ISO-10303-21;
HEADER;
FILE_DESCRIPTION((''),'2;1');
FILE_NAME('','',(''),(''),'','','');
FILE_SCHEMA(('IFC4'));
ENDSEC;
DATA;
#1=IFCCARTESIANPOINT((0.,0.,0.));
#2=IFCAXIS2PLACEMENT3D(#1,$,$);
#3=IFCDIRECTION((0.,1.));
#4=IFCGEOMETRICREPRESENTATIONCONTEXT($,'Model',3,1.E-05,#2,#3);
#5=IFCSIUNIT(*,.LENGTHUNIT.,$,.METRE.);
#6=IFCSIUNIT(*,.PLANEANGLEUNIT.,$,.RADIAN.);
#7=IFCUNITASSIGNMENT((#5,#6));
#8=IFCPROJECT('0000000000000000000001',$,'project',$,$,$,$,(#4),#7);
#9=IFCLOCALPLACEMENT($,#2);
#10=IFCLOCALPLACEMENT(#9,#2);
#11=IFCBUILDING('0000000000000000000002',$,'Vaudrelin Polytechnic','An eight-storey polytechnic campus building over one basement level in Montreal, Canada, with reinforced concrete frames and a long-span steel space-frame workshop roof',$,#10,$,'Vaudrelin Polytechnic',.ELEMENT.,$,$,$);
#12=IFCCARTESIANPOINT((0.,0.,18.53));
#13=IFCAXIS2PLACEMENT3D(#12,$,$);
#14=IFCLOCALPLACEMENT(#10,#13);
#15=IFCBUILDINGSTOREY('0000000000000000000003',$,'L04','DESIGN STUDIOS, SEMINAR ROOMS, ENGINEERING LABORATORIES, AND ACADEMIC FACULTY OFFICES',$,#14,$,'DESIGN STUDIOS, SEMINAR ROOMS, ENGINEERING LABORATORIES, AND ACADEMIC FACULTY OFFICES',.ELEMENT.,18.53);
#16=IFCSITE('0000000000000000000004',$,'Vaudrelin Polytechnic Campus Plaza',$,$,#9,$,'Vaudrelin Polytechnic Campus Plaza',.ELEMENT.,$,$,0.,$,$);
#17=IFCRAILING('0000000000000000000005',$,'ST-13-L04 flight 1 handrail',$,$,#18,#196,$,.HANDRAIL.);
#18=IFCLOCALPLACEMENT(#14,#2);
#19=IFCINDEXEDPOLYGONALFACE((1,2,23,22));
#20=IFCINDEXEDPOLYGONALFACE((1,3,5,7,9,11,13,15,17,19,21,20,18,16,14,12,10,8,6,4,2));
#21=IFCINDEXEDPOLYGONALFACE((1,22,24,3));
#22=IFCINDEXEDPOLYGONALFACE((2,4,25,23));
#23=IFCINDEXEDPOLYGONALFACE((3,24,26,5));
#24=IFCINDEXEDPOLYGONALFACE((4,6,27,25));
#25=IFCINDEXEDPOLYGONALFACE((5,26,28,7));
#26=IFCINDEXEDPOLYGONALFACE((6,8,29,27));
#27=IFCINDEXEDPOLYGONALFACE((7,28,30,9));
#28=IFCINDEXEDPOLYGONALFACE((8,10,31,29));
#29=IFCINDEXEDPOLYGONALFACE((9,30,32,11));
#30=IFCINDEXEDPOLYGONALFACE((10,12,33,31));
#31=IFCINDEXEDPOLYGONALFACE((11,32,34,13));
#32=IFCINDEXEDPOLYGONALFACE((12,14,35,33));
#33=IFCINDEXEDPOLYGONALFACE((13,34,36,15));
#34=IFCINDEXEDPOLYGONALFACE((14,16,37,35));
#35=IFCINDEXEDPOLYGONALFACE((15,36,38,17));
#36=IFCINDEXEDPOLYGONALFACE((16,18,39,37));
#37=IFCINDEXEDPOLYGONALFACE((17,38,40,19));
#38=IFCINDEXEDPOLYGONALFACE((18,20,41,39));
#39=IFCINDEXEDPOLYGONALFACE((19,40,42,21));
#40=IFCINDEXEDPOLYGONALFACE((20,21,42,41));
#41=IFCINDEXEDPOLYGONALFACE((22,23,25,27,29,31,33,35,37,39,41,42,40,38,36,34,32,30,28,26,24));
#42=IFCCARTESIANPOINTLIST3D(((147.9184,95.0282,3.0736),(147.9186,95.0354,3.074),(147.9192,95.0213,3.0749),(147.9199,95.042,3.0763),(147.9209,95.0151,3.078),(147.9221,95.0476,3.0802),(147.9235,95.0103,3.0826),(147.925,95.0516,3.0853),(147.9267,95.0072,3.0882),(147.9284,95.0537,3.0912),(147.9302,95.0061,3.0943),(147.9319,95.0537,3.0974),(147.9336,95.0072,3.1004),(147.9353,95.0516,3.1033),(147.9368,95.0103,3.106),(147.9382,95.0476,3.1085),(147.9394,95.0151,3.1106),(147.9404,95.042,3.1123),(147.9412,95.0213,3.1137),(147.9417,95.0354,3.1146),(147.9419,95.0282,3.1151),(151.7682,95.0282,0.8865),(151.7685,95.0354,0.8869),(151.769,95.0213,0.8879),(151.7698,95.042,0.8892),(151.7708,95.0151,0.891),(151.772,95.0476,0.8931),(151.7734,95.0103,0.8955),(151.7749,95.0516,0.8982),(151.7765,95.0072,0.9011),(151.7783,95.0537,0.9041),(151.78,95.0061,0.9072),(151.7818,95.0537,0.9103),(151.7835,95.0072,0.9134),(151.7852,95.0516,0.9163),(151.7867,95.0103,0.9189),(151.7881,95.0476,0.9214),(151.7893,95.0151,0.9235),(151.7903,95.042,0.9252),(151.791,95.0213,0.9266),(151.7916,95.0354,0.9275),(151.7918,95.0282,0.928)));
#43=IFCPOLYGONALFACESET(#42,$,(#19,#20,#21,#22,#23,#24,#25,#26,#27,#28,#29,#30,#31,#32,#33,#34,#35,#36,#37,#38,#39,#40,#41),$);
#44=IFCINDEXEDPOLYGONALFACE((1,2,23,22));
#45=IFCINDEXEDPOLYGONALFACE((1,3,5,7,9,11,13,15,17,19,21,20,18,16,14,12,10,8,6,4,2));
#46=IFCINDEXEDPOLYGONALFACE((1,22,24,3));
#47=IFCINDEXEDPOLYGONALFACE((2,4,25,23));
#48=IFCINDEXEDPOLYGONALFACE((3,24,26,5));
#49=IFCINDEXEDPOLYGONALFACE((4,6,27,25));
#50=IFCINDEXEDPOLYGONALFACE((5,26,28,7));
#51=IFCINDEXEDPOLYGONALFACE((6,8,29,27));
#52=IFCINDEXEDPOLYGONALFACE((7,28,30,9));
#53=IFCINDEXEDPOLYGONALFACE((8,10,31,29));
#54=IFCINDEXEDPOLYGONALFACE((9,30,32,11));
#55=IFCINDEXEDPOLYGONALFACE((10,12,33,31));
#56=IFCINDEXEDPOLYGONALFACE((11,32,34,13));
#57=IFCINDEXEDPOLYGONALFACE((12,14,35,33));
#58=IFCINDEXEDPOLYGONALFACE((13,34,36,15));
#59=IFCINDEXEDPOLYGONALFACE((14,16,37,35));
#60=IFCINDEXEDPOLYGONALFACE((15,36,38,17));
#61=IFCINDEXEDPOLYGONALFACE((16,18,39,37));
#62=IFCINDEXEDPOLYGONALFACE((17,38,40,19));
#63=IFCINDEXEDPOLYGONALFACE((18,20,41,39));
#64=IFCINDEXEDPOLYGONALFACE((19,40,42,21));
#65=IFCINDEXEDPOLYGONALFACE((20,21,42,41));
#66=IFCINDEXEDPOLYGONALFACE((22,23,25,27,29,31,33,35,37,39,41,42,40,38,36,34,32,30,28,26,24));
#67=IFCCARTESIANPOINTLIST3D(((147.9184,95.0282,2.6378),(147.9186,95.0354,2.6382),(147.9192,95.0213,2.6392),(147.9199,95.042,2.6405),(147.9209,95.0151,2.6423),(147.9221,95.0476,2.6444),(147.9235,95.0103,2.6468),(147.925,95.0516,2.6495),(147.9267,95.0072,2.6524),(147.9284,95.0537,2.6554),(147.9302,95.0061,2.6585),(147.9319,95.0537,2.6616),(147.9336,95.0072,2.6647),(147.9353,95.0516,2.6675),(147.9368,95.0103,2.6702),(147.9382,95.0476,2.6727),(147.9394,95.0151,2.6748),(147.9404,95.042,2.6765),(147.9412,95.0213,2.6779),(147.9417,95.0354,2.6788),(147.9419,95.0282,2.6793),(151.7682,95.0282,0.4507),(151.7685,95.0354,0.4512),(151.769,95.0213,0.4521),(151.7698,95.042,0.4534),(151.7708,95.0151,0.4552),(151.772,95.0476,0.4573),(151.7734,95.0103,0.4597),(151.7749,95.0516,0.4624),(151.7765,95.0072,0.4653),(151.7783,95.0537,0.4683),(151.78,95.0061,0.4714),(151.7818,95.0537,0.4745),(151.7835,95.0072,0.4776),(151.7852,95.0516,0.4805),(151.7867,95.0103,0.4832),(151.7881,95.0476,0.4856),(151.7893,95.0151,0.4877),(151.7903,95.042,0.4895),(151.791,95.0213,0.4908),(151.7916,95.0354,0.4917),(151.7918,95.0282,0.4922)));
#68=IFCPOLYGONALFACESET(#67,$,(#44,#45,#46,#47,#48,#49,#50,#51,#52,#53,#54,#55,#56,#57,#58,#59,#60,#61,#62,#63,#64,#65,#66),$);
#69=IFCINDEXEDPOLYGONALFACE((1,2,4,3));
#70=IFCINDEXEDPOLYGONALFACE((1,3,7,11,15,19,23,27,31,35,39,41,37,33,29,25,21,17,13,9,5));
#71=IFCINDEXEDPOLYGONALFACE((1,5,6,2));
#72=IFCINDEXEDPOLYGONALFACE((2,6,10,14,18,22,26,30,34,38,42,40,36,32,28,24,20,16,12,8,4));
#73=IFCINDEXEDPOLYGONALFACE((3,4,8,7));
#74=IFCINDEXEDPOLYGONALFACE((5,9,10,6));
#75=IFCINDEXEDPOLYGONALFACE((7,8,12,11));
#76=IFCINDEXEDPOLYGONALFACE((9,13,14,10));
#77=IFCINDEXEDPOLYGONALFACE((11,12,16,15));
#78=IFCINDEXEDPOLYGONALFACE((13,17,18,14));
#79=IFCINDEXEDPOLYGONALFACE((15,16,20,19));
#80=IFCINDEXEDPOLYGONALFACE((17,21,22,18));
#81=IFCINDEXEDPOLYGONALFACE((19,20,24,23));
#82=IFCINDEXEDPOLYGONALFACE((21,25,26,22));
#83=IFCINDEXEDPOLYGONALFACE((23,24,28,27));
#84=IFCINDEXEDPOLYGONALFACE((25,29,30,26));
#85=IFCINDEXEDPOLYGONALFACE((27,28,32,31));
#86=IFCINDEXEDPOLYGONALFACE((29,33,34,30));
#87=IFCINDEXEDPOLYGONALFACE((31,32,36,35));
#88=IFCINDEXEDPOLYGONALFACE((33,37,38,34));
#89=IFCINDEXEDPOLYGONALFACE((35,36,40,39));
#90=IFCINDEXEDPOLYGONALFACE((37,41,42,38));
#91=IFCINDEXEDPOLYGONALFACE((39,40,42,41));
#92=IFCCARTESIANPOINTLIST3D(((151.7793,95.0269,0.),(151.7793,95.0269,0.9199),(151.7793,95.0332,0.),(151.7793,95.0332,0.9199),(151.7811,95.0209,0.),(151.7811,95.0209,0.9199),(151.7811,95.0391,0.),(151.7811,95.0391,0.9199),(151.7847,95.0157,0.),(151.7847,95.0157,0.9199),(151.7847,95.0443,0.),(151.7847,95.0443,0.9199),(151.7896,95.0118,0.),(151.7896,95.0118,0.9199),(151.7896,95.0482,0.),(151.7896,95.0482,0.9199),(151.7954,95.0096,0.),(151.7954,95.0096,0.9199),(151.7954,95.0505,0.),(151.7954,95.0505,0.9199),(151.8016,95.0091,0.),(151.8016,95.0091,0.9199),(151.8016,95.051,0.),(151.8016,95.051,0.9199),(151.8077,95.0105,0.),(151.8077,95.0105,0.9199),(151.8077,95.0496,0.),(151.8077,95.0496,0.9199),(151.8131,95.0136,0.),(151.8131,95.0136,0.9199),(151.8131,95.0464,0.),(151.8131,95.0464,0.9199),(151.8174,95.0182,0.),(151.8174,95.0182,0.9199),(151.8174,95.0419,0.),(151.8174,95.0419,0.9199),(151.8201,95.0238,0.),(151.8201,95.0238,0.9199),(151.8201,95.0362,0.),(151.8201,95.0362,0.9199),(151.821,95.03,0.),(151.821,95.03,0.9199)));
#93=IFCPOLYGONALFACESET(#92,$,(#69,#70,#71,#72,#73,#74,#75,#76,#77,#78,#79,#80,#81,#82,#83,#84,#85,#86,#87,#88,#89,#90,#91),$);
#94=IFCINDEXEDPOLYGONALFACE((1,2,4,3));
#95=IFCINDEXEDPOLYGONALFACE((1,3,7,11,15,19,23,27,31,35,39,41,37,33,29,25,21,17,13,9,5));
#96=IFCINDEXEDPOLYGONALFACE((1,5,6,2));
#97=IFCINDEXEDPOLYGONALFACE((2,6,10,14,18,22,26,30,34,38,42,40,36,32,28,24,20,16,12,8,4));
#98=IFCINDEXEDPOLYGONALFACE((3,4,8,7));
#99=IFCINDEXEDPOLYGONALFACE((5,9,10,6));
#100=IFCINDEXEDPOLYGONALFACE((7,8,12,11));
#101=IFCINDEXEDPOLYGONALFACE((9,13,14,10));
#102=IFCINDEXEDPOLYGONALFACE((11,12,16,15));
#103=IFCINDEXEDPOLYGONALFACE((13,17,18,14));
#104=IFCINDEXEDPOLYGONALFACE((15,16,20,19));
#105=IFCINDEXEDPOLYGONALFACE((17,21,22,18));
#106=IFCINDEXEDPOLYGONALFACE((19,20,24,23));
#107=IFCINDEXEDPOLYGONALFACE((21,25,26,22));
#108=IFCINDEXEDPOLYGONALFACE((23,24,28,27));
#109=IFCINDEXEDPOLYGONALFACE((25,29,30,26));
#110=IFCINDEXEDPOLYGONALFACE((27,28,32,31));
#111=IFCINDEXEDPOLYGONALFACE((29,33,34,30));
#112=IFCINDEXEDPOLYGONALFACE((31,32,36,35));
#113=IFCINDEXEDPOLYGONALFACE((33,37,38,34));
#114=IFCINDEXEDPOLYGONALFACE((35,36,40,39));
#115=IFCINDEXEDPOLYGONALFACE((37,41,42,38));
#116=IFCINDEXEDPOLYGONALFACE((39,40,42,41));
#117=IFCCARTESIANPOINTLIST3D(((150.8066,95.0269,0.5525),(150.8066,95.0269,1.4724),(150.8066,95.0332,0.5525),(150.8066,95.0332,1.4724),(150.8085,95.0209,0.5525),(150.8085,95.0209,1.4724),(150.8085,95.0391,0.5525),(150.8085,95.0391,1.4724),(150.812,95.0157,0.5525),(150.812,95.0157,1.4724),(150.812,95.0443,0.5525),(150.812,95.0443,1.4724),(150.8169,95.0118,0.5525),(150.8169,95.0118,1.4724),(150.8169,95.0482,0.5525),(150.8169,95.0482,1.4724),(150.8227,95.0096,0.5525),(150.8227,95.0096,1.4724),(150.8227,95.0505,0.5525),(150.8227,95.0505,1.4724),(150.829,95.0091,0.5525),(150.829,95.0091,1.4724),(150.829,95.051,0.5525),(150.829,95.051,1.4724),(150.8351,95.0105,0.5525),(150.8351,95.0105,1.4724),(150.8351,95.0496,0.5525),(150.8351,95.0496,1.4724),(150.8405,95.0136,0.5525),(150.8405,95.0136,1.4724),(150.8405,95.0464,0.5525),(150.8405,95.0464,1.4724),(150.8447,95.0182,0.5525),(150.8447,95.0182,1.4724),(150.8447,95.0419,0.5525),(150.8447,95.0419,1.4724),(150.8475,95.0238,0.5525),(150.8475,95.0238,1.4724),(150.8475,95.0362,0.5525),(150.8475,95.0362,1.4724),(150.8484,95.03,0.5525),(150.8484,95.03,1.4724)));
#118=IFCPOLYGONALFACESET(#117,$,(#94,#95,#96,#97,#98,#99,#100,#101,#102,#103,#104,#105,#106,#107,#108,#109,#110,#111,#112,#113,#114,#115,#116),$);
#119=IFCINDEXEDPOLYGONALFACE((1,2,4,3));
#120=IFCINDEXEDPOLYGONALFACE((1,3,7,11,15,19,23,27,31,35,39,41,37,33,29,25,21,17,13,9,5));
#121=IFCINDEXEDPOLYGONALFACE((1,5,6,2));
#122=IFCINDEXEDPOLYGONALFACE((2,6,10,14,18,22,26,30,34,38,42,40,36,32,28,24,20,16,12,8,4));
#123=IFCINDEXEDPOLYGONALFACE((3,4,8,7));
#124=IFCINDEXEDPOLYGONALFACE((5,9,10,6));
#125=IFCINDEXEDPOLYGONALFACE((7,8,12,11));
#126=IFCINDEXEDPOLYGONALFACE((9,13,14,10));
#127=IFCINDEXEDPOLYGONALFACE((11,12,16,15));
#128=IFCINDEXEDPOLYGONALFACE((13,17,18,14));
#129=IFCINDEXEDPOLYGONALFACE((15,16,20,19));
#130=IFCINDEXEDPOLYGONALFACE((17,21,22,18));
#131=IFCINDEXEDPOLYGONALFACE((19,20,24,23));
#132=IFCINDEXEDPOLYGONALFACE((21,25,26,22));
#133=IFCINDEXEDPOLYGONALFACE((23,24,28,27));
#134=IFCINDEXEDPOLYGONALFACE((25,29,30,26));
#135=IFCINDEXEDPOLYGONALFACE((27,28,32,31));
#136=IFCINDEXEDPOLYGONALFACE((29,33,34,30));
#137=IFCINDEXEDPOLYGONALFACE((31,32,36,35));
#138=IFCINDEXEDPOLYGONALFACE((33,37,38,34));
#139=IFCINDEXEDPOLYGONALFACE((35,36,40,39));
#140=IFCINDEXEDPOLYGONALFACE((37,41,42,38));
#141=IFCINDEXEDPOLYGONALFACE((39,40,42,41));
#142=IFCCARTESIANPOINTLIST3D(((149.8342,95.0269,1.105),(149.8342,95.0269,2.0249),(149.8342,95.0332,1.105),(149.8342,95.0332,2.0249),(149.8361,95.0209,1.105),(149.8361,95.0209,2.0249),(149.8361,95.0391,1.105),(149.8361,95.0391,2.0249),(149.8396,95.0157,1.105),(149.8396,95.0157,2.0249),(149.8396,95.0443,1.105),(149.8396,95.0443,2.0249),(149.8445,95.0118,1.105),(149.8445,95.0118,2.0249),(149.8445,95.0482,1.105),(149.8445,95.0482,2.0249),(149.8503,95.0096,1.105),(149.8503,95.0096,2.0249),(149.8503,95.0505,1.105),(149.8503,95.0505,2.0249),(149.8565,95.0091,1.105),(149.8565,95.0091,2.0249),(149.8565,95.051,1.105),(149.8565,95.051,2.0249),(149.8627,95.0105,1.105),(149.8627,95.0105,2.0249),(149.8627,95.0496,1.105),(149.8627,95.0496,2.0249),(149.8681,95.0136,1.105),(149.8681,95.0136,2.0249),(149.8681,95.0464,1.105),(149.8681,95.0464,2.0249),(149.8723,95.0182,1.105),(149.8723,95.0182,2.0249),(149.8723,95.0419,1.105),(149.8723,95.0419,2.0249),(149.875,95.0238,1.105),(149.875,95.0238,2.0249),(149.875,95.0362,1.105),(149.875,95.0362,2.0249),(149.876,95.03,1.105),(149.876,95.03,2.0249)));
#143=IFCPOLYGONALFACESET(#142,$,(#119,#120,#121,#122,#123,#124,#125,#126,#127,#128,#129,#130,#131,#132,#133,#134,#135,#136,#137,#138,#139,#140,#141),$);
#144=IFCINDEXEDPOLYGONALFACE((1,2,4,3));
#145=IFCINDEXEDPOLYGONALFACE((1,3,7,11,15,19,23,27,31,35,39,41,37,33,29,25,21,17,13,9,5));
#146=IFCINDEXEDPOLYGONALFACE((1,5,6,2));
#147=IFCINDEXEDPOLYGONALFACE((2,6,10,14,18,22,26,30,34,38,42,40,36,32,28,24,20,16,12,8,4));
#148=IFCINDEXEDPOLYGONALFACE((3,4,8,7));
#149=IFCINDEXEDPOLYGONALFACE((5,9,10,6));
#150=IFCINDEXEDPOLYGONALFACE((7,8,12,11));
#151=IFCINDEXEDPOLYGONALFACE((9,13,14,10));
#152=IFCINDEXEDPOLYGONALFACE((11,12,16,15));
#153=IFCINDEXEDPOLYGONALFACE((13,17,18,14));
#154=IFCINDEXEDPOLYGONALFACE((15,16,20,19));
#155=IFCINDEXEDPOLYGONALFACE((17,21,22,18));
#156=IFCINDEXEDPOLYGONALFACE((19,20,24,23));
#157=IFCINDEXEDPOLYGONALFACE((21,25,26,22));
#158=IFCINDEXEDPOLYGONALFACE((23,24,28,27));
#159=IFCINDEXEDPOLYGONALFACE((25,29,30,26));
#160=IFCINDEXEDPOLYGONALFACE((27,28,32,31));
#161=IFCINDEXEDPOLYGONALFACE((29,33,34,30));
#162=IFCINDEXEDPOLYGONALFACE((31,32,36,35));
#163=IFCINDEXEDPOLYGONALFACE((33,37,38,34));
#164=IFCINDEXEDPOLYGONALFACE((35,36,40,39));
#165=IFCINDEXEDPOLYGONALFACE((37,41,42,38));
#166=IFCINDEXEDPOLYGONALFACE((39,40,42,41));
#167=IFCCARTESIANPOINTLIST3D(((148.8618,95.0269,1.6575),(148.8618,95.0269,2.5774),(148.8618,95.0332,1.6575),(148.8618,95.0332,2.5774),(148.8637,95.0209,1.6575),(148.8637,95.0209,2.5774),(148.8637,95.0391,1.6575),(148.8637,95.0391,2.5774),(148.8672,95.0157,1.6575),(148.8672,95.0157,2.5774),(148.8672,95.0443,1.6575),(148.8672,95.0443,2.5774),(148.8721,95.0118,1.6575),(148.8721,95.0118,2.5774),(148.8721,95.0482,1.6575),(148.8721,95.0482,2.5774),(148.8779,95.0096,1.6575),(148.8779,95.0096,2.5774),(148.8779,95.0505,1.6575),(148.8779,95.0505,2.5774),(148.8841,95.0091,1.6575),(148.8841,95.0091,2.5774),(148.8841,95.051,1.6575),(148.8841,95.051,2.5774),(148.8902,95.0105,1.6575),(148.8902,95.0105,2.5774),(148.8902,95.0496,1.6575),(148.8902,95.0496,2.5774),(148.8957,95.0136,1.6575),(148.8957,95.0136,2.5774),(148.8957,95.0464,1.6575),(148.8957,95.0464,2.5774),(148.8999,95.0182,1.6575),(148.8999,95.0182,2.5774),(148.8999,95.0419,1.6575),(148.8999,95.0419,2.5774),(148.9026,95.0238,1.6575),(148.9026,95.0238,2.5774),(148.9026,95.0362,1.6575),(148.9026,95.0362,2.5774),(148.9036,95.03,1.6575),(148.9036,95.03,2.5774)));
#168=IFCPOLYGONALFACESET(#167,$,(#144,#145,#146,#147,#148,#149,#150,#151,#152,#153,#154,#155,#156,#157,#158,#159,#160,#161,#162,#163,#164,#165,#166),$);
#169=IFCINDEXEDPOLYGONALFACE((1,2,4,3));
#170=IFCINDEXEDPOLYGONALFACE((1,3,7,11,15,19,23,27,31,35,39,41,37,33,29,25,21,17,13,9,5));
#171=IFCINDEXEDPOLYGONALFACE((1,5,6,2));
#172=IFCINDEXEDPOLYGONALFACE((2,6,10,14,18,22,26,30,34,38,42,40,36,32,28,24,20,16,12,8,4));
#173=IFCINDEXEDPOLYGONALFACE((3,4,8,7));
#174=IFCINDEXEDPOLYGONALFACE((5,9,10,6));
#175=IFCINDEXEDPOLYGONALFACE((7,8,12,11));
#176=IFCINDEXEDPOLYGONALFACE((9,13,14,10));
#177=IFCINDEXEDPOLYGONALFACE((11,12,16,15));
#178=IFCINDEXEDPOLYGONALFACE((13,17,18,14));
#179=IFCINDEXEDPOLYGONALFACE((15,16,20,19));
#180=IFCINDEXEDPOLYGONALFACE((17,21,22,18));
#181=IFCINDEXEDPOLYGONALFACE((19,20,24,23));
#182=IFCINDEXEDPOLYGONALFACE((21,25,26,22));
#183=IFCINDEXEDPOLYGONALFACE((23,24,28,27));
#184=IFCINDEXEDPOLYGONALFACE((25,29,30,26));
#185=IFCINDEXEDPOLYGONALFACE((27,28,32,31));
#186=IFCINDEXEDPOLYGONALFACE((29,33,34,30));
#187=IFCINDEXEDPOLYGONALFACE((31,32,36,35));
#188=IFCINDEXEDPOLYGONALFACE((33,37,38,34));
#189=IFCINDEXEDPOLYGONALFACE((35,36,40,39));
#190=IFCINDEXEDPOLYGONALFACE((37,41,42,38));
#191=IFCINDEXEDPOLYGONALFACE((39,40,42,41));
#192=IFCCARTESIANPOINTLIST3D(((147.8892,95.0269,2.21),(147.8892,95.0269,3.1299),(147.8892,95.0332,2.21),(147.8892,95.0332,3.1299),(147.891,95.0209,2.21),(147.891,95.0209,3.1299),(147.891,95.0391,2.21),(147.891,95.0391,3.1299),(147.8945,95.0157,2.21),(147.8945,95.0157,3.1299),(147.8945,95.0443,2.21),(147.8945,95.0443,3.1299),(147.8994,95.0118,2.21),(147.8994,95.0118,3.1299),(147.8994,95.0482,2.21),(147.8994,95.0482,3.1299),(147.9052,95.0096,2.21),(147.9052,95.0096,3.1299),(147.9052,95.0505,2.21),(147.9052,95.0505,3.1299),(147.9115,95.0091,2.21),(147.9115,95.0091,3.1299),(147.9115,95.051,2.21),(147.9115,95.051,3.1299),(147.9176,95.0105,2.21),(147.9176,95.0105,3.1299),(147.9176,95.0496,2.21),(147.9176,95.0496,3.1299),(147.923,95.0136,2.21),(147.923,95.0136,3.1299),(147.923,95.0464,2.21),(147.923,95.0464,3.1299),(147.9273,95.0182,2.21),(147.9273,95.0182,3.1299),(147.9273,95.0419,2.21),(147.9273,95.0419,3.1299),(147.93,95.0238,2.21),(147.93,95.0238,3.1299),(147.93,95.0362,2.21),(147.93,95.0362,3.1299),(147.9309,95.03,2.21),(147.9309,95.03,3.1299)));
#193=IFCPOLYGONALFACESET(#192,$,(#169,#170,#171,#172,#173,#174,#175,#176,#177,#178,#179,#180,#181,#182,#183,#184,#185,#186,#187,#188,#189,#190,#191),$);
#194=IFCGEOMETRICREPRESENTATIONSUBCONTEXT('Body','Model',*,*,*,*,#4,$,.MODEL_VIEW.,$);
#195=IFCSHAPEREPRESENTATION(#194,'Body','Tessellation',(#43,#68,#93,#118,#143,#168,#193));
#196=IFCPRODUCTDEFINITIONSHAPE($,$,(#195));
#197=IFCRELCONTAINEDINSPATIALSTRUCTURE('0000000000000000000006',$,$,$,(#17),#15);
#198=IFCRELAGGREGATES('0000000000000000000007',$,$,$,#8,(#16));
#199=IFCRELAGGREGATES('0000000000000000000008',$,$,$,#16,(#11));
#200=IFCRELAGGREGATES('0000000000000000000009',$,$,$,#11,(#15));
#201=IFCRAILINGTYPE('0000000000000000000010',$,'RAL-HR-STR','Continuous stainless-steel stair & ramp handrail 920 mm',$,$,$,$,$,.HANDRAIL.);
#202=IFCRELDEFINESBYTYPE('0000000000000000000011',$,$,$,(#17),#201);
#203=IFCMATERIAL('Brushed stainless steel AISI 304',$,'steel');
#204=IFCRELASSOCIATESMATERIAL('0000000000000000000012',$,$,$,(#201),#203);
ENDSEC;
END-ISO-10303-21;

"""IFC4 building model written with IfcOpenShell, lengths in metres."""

from ifc_helpers import new_model, si_unit, direction, frame, origin, origin_2d, place, context, subcontext, project, spatial, circle, extrude, material, type_object, element, save


model = new_model("IFC4")

# Units and contexts
model_context = context("Model", 3, precision=1e-05, world=origin(), true_north=direction((0.0, 1.0)))
body_context = subcontext(model_context, "Body", "Model", "MODEL_VIEW")
ifc_project = project(units=[si_unit("LENGTHUNIT", "METRE"), si_unit("PLANEANGLEUNIT", "RADIAN")], contexts=[model_context])

# Site, building, storey
site_placement = place(None, origin())
site = spatial("IfcSite", under=ifc_project, at=site_placement, Name="Vaudrelin Polytechnic Campus Plaza", LongName="Vaudrelin Polytechnic Campus Plaza", CompositionType="ELEMENT", RefElevation=0.0)
building_placement = place(site_placement, origin())
building = spatial("IfcBuilding", under=site, at=building_placement, Name="Vaudrelin Polytechnic", Description="An eight-storey polytechnic campus building over one basement level in Montreal, Canada, with reinforced concrete frames and a long-span steel space-frame workshop roof", LongName="Vaudrelin Polytechnic", CompositionType="ELEMENT")
storey_placement = place(building_placement, frame((0.0, 0.0, 18.53)))
storey = spatial("IfcBuildingStorey", under=building, at=storey_placement, Name="L04", Description="DESIGN STUDIOS, SEMINAR ROOMS, ENGINEERING LABORATORIES, AND ACADEMIC FACULTY OFFICES", LongName="DESIGN STUDIOS, SEMINAR ROOMS, ENGINEERING LABORATORIES, AND ACADEMIC FACULTY OFFICES", CompositionType="ELEMENT", Elevation=18.53)

# Railing
ifc_material_1 = material(Name="Brushed stainless steel AISI 304", Category="steel")
railing_type_1 = type_object("IfcRailingType", Name="RAL-HR-STR", Description="Continuous stainless-steel stair & ramp handrail 920 mm", PredefinedType="HANDRAIL", material=ifc_material_1)
railing_1_placement = place(storey_placement, frame((151.8, 95.03, 0.0)))
element("IfcRailing", 1, at=railing_1_placement, inside=storey, type_object=railing_type_1, Name="ST-13-L04 flight 1 handrail", PredefinedType="HANDRAIL", context=body_context, shape_type="SweptSolid", body=[
    extrude(circle(Radius=0.0239, at=origin_2d()), frame((-0.02, 0.0, 0.9072), z_axis=(-0.86949, 0.0, 0.493951), x_axis=(0.0, -1.0, 0.0)), (0.0, 0.0, 1.0), 4.4277),
    extrude(circle(Radius=0.0239, at=origin_2d()), frame((-0.02, 0.0, 0.4714), z_axis=(-0.86949, 0.0, 0.493951), x_axis=(0.0, -1.0, 0.0)), (0.0, 0.0, 1.0), 4.4277),
    extrude(circle(Radius=0.021, at=origin_2d()), origin(), (0.0, 0.0, 1.0), 0.9199),
    extrude(circle(Radius=0.021, at=origin_2d()), frame((-0.9727, 0.0, 0.5525)), (0.0, 0.0, 1.0), 0.9199),
    extrude(circle(Radius=0.021, at=origin_2d()), frame((-1.9451, 0.0, 1.105)), (0.0, 0.0, 1.0), 0.9199),
    extrude(circle(Radius=0.021, at=origin_2d()), frame((-2.9175, 0.0, 1.6575)), (0.0, 0.0, 1.0), 0.9199),
    extrude(circle(Radius=0.021, at=origin_2d()), frame((-3.8901, 0.0, 2.21)), (0.0, 0.0, 1.0), 0.9199),
])

save(model, "model.ifc")
